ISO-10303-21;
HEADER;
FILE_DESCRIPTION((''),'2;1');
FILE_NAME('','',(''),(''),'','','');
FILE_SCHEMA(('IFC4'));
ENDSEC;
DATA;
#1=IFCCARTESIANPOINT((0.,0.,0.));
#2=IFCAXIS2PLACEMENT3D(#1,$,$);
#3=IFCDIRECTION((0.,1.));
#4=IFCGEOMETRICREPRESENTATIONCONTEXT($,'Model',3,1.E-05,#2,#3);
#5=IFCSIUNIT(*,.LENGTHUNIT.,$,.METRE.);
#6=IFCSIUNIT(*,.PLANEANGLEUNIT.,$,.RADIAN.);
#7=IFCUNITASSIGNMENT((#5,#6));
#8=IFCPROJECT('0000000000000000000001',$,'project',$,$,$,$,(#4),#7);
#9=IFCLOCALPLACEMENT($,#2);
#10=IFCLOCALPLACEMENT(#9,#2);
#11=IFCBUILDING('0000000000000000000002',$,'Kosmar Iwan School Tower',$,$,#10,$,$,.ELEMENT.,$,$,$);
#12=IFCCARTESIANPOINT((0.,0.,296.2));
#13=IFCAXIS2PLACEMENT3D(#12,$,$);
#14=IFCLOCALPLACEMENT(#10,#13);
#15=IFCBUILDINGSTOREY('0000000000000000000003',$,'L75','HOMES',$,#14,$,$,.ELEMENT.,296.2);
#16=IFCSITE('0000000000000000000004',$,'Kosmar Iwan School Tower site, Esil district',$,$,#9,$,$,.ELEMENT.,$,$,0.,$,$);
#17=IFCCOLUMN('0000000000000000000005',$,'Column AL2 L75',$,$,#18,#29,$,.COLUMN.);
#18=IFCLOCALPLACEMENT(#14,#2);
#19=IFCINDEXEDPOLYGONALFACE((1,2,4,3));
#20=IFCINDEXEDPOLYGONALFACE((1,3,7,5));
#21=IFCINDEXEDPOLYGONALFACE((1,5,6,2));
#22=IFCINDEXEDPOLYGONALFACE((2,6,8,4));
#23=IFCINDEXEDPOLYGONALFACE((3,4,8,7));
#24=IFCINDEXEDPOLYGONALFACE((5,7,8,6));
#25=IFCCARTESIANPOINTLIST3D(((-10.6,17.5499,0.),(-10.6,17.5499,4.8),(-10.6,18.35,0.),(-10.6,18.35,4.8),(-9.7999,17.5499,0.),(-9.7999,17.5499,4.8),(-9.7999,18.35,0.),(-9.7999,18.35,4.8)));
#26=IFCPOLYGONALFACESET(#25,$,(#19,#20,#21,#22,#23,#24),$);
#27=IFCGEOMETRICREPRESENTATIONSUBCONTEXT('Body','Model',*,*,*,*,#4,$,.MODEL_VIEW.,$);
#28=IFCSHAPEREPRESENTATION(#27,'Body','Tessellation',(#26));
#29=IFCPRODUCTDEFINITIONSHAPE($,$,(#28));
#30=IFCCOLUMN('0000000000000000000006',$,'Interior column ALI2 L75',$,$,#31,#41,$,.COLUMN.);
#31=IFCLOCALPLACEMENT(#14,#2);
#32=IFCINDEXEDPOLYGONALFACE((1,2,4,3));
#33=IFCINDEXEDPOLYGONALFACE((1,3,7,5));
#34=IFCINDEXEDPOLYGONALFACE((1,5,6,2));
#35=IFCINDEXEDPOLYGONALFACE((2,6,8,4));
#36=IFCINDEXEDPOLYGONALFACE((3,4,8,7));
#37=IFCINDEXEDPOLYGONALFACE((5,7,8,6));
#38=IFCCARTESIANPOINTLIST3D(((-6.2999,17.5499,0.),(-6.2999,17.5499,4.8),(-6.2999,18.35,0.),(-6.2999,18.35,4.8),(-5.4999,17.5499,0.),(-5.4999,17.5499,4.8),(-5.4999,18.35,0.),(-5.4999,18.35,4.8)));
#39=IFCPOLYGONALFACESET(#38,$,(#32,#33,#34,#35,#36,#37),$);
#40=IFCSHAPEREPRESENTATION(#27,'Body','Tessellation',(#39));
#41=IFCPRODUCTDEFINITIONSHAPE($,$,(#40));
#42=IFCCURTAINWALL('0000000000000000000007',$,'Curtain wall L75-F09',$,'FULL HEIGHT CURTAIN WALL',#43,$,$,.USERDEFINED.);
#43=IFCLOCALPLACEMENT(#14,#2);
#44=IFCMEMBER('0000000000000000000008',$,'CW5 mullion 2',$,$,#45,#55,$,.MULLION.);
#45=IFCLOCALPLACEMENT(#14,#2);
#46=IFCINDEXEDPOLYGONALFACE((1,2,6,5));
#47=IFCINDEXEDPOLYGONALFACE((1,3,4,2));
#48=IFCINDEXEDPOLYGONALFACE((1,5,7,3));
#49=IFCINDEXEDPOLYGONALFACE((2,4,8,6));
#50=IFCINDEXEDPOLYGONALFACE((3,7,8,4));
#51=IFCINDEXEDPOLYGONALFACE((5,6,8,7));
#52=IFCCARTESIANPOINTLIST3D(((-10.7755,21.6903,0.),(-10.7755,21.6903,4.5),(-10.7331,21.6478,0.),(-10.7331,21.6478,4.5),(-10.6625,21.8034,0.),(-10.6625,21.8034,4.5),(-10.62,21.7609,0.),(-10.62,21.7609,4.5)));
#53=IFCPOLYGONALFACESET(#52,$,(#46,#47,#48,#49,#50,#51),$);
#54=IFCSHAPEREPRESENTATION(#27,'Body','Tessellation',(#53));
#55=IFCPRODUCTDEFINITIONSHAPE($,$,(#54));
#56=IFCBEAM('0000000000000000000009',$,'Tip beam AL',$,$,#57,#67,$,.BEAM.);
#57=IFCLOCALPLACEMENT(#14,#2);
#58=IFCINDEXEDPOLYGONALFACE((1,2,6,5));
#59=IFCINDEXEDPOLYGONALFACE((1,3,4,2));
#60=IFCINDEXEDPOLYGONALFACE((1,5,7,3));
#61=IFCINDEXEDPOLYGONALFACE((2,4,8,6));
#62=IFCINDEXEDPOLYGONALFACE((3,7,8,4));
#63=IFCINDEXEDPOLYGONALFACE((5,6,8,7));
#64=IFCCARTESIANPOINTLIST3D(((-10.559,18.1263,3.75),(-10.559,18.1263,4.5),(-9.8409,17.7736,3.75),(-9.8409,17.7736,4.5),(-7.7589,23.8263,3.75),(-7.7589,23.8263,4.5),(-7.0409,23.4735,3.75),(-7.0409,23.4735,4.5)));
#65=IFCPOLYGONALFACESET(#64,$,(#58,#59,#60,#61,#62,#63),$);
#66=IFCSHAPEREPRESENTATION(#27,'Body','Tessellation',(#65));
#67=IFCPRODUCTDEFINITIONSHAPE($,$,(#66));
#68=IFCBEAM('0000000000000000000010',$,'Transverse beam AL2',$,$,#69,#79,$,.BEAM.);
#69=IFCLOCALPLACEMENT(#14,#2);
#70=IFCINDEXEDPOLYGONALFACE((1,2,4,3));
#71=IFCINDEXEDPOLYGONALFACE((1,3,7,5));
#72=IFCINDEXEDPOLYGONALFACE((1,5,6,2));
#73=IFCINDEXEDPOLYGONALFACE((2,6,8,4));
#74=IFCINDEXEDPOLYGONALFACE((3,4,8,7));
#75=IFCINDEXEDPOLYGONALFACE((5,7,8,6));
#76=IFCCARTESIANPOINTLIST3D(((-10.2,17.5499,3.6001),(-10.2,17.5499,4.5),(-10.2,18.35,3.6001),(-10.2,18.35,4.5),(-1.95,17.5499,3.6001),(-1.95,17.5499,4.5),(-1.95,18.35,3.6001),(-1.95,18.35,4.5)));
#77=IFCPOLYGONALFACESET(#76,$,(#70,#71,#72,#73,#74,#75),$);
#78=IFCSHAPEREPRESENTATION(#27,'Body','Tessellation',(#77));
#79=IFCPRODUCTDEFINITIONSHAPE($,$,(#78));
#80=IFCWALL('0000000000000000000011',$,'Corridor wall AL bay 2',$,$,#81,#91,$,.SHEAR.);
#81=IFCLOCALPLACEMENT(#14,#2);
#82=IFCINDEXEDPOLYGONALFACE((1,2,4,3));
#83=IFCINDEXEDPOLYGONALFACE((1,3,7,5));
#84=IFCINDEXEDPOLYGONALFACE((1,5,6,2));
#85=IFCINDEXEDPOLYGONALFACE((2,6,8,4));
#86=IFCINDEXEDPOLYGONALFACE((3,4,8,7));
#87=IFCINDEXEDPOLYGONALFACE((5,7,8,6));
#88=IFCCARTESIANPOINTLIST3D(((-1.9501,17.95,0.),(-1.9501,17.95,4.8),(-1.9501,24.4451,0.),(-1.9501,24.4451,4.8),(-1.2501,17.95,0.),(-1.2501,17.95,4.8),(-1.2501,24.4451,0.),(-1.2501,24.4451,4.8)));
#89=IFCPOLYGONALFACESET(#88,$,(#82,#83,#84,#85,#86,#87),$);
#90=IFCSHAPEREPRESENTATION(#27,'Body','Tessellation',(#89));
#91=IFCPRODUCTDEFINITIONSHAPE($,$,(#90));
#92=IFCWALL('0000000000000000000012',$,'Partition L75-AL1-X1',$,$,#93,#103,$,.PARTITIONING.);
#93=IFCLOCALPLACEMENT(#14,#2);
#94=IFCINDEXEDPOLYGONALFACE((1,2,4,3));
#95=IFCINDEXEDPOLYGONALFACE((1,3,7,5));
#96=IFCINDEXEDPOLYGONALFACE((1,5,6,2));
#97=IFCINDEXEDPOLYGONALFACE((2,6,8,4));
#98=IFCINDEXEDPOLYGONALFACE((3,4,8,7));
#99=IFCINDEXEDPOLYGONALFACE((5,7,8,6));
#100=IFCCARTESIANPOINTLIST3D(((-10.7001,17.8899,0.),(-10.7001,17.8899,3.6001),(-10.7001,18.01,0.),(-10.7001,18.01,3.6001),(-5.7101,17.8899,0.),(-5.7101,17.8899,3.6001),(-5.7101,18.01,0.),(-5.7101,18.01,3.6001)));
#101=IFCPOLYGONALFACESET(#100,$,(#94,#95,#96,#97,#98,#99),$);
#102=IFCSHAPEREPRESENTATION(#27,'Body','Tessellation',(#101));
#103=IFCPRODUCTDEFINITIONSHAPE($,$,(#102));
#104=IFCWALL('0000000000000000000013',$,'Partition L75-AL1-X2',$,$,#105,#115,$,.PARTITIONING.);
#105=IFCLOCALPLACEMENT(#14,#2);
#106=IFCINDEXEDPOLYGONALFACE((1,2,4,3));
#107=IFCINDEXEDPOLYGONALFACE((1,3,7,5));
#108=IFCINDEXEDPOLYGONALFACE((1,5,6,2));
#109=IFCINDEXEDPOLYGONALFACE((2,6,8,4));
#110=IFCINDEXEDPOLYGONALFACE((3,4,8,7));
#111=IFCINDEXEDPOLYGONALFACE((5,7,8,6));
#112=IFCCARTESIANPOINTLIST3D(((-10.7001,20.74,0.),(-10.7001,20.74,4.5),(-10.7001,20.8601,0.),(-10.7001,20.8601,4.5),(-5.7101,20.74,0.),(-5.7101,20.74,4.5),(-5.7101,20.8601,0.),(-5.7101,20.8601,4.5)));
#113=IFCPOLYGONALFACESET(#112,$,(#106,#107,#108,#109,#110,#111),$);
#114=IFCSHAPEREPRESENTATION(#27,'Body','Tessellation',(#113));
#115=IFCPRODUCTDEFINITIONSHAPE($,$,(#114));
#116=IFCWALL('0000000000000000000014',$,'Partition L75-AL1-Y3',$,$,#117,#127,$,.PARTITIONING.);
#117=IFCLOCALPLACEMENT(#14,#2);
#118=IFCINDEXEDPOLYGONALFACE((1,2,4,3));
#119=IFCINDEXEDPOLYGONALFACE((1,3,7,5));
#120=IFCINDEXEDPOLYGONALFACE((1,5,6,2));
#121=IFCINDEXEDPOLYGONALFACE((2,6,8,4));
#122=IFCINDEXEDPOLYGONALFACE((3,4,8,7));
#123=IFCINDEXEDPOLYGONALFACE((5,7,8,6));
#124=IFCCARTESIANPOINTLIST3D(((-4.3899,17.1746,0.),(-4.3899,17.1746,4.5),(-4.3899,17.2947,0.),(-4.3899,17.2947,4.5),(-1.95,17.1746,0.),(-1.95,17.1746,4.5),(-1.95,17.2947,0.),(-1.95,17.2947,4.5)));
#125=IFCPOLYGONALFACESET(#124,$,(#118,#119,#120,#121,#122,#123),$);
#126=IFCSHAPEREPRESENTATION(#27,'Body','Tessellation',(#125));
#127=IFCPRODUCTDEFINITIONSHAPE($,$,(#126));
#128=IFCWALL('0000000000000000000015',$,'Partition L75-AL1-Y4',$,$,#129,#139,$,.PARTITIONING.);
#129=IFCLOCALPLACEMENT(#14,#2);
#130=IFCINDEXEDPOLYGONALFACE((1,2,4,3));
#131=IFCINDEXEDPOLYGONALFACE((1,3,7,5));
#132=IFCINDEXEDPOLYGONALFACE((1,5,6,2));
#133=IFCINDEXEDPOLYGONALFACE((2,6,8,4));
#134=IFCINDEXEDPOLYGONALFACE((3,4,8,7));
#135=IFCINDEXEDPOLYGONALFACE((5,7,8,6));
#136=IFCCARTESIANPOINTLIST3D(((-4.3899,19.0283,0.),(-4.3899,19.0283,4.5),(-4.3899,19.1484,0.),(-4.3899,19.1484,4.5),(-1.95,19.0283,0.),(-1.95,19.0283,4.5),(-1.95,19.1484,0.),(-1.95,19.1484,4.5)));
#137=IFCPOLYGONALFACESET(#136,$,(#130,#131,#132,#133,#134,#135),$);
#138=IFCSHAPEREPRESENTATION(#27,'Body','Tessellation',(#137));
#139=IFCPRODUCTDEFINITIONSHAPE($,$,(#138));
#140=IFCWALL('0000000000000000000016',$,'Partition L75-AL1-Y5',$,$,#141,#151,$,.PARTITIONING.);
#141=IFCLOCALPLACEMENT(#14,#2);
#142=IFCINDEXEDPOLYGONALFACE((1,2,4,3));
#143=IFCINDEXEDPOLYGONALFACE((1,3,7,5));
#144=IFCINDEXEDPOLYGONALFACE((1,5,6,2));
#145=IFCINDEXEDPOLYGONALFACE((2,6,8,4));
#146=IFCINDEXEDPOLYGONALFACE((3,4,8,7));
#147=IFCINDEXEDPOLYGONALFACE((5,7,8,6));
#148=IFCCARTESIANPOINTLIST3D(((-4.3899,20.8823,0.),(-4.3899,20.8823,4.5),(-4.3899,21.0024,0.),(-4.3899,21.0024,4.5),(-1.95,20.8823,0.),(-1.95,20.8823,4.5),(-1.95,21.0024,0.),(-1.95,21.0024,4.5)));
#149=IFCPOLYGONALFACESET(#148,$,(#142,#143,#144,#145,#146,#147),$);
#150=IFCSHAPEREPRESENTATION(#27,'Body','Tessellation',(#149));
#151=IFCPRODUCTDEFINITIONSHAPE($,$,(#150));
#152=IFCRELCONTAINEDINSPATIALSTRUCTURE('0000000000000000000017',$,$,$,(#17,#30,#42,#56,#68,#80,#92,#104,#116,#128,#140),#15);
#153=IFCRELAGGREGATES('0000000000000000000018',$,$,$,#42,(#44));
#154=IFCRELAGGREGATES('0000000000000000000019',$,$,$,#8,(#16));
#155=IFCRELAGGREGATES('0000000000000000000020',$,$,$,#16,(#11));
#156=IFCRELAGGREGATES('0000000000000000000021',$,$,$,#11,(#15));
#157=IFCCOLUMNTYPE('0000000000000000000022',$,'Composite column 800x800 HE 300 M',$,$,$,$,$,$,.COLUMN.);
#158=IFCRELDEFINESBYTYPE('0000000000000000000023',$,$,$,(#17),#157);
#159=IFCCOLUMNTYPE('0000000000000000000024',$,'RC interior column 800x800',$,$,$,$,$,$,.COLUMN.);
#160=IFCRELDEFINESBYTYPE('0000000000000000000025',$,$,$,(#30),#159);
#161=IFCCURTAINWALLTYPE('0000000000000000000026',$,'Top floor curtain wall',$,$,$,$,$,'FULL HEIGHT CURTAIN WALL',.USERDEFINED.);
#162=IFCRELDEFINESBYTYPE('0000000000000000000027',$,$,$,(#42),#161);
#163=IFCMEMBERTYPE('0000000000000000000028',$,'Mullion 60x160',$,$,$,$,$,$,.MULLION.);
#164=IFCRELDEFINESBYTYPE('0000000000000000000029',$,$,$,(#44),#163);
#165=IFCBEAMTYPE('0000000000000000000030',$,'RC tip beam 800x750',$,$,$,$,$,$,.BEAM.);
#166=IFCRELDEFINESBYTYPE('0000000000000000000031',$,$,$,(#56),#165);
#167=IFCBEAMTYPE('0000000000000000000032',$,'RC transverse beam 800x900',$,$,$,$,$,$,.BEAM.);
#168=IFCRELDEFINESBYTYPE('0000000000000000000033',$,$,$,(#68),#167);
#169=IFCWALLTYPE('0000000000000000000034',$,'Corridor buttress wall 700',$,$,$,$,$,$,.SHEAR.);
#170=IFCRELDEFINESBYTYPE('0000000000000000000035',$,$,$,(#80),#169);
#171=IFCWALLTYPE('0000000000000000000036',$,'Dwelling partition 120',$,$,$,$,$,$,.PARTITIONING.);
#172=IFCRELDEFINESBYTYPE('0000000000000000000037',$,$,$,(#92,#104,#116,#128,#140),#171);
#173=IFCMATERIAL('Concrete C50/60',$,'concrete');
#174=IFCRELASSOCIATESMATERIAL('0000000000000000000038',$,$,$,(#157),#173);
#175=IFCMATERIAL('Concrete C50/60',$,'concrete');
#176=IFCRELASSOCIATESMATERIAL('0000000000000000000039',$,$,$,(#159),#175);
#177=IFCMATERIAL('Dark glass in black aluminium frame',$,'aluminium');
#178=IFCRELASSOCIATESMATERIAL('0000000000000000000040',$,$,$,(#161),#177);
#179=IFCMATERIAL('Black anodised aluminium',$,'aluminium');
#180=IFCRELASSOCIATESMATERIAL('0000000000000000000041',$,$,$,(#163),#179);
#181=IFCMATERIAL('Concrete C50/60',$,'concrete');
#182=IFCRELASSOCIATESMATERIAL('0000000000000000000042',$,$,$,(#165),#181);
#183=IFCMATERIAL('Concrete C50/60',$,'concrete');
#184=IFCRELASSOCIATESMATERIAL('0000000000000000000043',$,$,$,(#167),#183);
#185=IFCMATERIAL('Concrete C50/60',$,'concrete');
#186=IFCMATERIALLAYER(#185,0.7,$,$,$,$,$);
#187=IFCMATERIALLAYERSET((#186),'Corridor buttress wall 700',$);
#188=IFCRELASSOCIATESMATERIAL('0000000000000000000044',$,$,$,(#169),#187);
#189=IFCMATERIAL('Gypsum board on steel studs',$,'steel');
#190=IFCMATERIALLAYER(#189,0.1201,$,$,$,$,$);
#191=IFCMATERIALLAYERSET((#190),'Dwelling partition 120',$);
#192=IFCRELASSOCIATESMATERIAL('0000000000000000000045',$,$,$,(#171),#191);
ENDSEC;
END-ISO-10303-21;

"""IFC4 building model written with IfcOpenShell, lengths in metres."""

from ifc_helpers import new_model, si_unit, direction, frame, frame_2d, origin, origin_2d, place, context, subcontext, project, spatial, rectangle, extrude, material, layer, layer_set, material_profile, profile_set, type_object, element, aggregate, save


model = new_model("IFC4")

# Units and contexts
model_context = context("Model", 3, precision=1e-05, world=origin(), true_north=direction((0.0, 1.0)))
body_context = subcontext(model_context, "Body", "Model", "MODEL_VIEW")
ifc_project = project(units=[si_unit("LENGTHUNIT", "METRE"), si_unit("PLANEANGLEUNIT", "RADIAN")], contexts=[model_context])

# Site, building, storey
site_placement = place(None, origin())
site = spatial("IfcSite", under=ifc_project, at=site_placement, Name="Kosmar Iwan School Tower site, Esil district", CompositionType="ELEMENT", RefElevation=0.0)
building_placement = place(site_placement, origin())
building = spatial("IfcBuilding", under=site, at=building_placement, Name="Kosmar Iwan School Tower", CompositionType="ELEMENT")
storey_placement = place(building_placement, frame((0.0, 0.0, 296.2)))
storey = spatial("IfcBuildingStorey", under=building, at=storey_placement, Name="L75", Description="HOMES", CompositionType="ELEMENT", Elevation=296.2)

# Columns
ifc_material_1 = material(Name="Concrete C50/60", Category="concrete")
ifc_material_profile_1 = material_profile(ifc_material_1, rectangle(XDim=0.8, YDim=0.8, at=origin_2d()), Name="RC 800x800 + HE 300 M")
ifc_profile_set_1 = profile_set([ifc_material_profile_1], Name="Concrete C50/60")
column_type_1 = type_object("IfcColumnType", Name="Composite column 800x800 HE 300 M", PredefinedType="COLUMN", material=ifc_profile_set_1)
column_1_placement = place(storey_placement, frame((-10.2, 17.95, 0.0), z_axis=(0.0, 0.0, 1.0), x_axis=(0.0, 1.0, 0.0)))
element("IfcColumn", 1, at=column_1_placement, inside=storey, type_object=column_type_1, Name="Column AL2 L75", PredefinedType="COLUMN", context=body_context, shape_type="SweptSolid", body=[
    extrude(rectangle(XDim=0.8, YDim=0.8, at=origin_2d()), origin(), (0.0, 0.0, 1.0), 4.8),
])
ifc_material_2 = material(Name="Concrete C50/60", Category="concrete")
ifc_material_profile_2 = material_profile(ifc_material_2, rectangle(XDim=0.8, YDim=0.8, at=origin_2d()), Name="RC 800x800")
ifc_profile_set_2 = profile_set([ifc_material_profile_2], Name="Concrete C50/60")
column_type_2 = type_object("IfcColumnType", Name="RC interior column 800x800", PredefinedType="COLUMN", material=ifc_profile_set_2)
column_2_placement = place(storey_placement, frame((-5.8999, 17.95, 0.0), z_axis=(0.0, 0.0, 1.0), x_axis=(0.0, 1.0, 0.0)))
element("IfcColumn", 2, at=column_2_placement, inside=storey, type_object=column_type_2, Name="Interior column ALI2 L75", PredefinedType="COLUMN", context=body_context, shape_type="SweptSolid", body=[
    extrude(rectangle(XDim=0.8, YDim=0.8, at=origin_2d()), origin(), (0.0, 0.0, 1.0), 4.8),
])

# Curtain wall, member
ifc_material_3 = material(Name="Dark glass in black aluminium frame", Category="aluminium")
curtain_wall_type = type_object("IfcCurtainWallType", Name="Top floor curtain wall", ElementType="FULL HEIGHT CURTAIN WALL", PredefinedType="USERDEFINED", material=ifc_material_3)
curtain_wall_placement = place(storey_placement, origin())
curtain_wall = element("IfcCurtainWall", 3, at=curtain_wall_placement, inside=storey, type_object=curtain_wall_type, Name="Curtain wall L75-F09", ObjectType="FULL HEIGHT CURTAIN WALL", PredefinedType="USERDEFINED")
ifc_material_4 = material(Name="Black anodised aluminium", Category="aluminium")
ifc_material_profile_3 = material_profile(ifc_material_4, rectangle(XDim=0.0601, YDim=0.1599, at=origin_2d()), Name="MULLION 60x160")
ifc_profile_set_3 = profile_set([ifc_material_profile_3], Name="Black anodised aluminium")
member_type = type_object("IfcMemberType", Name="Mullion 60x160", PredefinedType="MULLION", material=ifc_profile_set_3)
member_placement = place(storey_placement, frame((-10.6978, 21.7256, 0.0), z_axis=(0.0, 0.0, 1.0), x_axis=(0.707107, -0.707107, 0.0)))
member = element("IfcMember", 4, at=member_placement, type_object=member_type, Name="CW5 mullion 2", PredefinedType="MULLION", context=body_context, shape_type="SweptSolid", body=[
    extrude(rectangle(XDim=0.0601, YDim=0.1599, at=origin_2d()), origin(), (0.0, 0.0, 1.0), 4.5),
])
aggregate(curtain_wall, [member])

# Beams
ifc_material_5 = material(Name="Concrete C50/60", Category="concrete")
ifc_material_profile_4 = material_profile(ifc_material_5, rectangle(XDim=0.8, YDim=0.75, at=origin_2d()), Name="RC 800x750")
ifc_profile_set_4 = profile_set([ifc_material_profile_4], Name="Concrete C50/60")
beam_type_1 = type_object("IfcBeamType", Name="RC tip beam 800x750", PredefinedType="BEAM", material=ifc_profile_set_4)
beam_1_placement = place(storey_placement, frame((-10.2, 17.95, 4.125), z_axis=(0.440913, 0.89755, 0.0), x_axis=(-0.89755, 0.440913, 0.0)))
element("IfcBeam", 5, at=beam_1_placement, inside=storey, type_object=beam_type_1, Name="Tip beam AL", PredefinedType="BEAM", context=body_context, shape_type="SweptSolid", body=[
    extrude(rectangle(XDim=0.8, YDim=0.75, at=origin_2d()), origin(), (0.0, 0.0, 1.0), 6.3506),
])
ifc_material_6 = material(Name="Concrete C50/60", Category="concrete")
ifc_material_profile_5 = material_profile(ifc_material_6, rectangle(XDim=0.8, YDim=0.8999, at=origin_2d()), Name="RC 800x900")
ifc_profile_set_5 = profile_set([ifc_material_profile_5], Name="Concrete C50/60")
beam_type_2 = type_object("IfcBeamType", Name="RC transverse beam 800x900", PredefinedType="BEAM", material=ifc_profile_set_5)
beam_2_placement = place(storey_placement, frame((-10.2, 17.95, 4.05), z_axis=(1.0, 0.0, 0.0), x_axis=(0.0, 1.0, 0.0)))
element("IfcBeam", 6, at=beam_2_placement, inside=storey, type_object=beam_type_2, Name="Transverse beam AL2", PredefinedType="BEAM", context=body_context, shape_type="SweptSolid", body=[
    extrude(rectangle(XDim=0.8, YDim=0.8999, at=origin_2d()), origin(), (0.0, 0.0, 1.0), 8.25),
])

# Walls
ifc_material_7 = material(Name="Concrete C50/60", Category="concrete")
ifc_layer_1 = layer(ifc_material_7, 0.7)
ifc_layer_set_1 = layer_set([ifc_layer_1], Name="Corridor buttress wall 700")
wall_type_1 = type_object("IfcWallType", Name="Corridor buttress wall 700", PredefinedType="SHEAR", material=ifc_layer_set_1)
wall_1_placement = place(storey_placement, frame((-1.6001, 17.95, 0.0), z_axis=(0.0, 0.0, 1.0), x_axis=(0.0, 1.0, 0.0)))
element("IfcWall", 7, at=wall_1_placement, inside=storey, type_object=wall_type_1, Name="Corridor wall AL bay 2", PredefinedType="SHEAR", context=body_context, shape_type="SweptSolid", body=[
    extrude(rectangle(XDim=6.4951, YDim=0.7, at=frame_2d((3.2476, 0.0))), origin(), (0.0, 0.0, 1.0), 4.8),
])
ifc_material_8 = material(Name="Gypsum board on steel studs", Category="steel")
ifc_layer_2 = layer(ifc_material_8, 0.1201)
ifc_layer_set_2 = layer_set([ifc_layer_2], Name="Dwelling partition 120")
wall_type_2 = type_object("IfcWallType", Name="Dwelling partition 120", PredefinedType="PARTITIONING", material=ifc_layer_set_2)
wall_2_placement = place(storey_placement, frame((-5.71, 17.95, 0.0), z_axis=(0.0, 0.0, 1.0), x_axis=(-1.0, 0.0, 0.0)))
element("IfcWall", 8, at=wall_2_placement, inside=storey, type_object=wall_type_2, Name="Partition L75-AL1-X1", PredefinedType="PARTITIONING", context=body_context, shape_type="SweptSolid", body=[
    extrude(rectangle(XDim=4.99, YDim=0.1201, at=frame_2d((2.4951, 0.0))), origin(), (0.0, 0.0, 1.0), 3.6001),
])
wall_3_placement = place(storey_placement, frame((-5.71, 20.8, 0.0), z_axis=(0.0, 0.0, 1.0), x_axis=(-1.0, 0.0, 0.0)))
element("IfcWall", 9, at=wall_3_placement, inside=storey, type_object=wall_type_2, Name="Partition L75-AL1-X2", PredefinedType="PARTITIONING", context=body_context, shape_type="SweptSolid", body=[
    extrude(rectangle(XDim=4.99, YDim=0.1201, at=frame_2d((2.4951, 0.0))), origin(), (0.0, 0.0, 1.0), 4.5),
])
for number, where, z_axis, x_axis, name in (
    (10, (-1.95, 17.2346, 0.0), (0.0, 0.0, 1.0), (-1.0, 0.0, 0.0), "Partition L75-AL1-Y3"),
    (11, (-1.95, 19.0884, 0.0), (0.0, 0.0, 1.0), (-1.0, 0.0, 0.0), "Partition L75-AL1-Y4"),
    (12, (-1.95, 20.9424, 0.0), (0.0, 0.0, 1.0), (-1.0, 0.0, 0.0), "Partition L75-AL1-Y5"),
):
    element("IfcWall", number, at=place(storey_placement, frame(where, z_axis=z_axis, x_axis=x_axis)), inside=storey, type_object=wall_type_2, Name=name, PredefinedType="PARTITIONING", context=body_context, shape_type="SweptSolid", body=[
        extrude(rectangle(XDim=2.4399, YDim=0.1201, at=frame_2d((1.22, 0.0))), origin(), (0.0, 0.0, 1.0), 4.5),
    ])

save(model, "model.ifc")
